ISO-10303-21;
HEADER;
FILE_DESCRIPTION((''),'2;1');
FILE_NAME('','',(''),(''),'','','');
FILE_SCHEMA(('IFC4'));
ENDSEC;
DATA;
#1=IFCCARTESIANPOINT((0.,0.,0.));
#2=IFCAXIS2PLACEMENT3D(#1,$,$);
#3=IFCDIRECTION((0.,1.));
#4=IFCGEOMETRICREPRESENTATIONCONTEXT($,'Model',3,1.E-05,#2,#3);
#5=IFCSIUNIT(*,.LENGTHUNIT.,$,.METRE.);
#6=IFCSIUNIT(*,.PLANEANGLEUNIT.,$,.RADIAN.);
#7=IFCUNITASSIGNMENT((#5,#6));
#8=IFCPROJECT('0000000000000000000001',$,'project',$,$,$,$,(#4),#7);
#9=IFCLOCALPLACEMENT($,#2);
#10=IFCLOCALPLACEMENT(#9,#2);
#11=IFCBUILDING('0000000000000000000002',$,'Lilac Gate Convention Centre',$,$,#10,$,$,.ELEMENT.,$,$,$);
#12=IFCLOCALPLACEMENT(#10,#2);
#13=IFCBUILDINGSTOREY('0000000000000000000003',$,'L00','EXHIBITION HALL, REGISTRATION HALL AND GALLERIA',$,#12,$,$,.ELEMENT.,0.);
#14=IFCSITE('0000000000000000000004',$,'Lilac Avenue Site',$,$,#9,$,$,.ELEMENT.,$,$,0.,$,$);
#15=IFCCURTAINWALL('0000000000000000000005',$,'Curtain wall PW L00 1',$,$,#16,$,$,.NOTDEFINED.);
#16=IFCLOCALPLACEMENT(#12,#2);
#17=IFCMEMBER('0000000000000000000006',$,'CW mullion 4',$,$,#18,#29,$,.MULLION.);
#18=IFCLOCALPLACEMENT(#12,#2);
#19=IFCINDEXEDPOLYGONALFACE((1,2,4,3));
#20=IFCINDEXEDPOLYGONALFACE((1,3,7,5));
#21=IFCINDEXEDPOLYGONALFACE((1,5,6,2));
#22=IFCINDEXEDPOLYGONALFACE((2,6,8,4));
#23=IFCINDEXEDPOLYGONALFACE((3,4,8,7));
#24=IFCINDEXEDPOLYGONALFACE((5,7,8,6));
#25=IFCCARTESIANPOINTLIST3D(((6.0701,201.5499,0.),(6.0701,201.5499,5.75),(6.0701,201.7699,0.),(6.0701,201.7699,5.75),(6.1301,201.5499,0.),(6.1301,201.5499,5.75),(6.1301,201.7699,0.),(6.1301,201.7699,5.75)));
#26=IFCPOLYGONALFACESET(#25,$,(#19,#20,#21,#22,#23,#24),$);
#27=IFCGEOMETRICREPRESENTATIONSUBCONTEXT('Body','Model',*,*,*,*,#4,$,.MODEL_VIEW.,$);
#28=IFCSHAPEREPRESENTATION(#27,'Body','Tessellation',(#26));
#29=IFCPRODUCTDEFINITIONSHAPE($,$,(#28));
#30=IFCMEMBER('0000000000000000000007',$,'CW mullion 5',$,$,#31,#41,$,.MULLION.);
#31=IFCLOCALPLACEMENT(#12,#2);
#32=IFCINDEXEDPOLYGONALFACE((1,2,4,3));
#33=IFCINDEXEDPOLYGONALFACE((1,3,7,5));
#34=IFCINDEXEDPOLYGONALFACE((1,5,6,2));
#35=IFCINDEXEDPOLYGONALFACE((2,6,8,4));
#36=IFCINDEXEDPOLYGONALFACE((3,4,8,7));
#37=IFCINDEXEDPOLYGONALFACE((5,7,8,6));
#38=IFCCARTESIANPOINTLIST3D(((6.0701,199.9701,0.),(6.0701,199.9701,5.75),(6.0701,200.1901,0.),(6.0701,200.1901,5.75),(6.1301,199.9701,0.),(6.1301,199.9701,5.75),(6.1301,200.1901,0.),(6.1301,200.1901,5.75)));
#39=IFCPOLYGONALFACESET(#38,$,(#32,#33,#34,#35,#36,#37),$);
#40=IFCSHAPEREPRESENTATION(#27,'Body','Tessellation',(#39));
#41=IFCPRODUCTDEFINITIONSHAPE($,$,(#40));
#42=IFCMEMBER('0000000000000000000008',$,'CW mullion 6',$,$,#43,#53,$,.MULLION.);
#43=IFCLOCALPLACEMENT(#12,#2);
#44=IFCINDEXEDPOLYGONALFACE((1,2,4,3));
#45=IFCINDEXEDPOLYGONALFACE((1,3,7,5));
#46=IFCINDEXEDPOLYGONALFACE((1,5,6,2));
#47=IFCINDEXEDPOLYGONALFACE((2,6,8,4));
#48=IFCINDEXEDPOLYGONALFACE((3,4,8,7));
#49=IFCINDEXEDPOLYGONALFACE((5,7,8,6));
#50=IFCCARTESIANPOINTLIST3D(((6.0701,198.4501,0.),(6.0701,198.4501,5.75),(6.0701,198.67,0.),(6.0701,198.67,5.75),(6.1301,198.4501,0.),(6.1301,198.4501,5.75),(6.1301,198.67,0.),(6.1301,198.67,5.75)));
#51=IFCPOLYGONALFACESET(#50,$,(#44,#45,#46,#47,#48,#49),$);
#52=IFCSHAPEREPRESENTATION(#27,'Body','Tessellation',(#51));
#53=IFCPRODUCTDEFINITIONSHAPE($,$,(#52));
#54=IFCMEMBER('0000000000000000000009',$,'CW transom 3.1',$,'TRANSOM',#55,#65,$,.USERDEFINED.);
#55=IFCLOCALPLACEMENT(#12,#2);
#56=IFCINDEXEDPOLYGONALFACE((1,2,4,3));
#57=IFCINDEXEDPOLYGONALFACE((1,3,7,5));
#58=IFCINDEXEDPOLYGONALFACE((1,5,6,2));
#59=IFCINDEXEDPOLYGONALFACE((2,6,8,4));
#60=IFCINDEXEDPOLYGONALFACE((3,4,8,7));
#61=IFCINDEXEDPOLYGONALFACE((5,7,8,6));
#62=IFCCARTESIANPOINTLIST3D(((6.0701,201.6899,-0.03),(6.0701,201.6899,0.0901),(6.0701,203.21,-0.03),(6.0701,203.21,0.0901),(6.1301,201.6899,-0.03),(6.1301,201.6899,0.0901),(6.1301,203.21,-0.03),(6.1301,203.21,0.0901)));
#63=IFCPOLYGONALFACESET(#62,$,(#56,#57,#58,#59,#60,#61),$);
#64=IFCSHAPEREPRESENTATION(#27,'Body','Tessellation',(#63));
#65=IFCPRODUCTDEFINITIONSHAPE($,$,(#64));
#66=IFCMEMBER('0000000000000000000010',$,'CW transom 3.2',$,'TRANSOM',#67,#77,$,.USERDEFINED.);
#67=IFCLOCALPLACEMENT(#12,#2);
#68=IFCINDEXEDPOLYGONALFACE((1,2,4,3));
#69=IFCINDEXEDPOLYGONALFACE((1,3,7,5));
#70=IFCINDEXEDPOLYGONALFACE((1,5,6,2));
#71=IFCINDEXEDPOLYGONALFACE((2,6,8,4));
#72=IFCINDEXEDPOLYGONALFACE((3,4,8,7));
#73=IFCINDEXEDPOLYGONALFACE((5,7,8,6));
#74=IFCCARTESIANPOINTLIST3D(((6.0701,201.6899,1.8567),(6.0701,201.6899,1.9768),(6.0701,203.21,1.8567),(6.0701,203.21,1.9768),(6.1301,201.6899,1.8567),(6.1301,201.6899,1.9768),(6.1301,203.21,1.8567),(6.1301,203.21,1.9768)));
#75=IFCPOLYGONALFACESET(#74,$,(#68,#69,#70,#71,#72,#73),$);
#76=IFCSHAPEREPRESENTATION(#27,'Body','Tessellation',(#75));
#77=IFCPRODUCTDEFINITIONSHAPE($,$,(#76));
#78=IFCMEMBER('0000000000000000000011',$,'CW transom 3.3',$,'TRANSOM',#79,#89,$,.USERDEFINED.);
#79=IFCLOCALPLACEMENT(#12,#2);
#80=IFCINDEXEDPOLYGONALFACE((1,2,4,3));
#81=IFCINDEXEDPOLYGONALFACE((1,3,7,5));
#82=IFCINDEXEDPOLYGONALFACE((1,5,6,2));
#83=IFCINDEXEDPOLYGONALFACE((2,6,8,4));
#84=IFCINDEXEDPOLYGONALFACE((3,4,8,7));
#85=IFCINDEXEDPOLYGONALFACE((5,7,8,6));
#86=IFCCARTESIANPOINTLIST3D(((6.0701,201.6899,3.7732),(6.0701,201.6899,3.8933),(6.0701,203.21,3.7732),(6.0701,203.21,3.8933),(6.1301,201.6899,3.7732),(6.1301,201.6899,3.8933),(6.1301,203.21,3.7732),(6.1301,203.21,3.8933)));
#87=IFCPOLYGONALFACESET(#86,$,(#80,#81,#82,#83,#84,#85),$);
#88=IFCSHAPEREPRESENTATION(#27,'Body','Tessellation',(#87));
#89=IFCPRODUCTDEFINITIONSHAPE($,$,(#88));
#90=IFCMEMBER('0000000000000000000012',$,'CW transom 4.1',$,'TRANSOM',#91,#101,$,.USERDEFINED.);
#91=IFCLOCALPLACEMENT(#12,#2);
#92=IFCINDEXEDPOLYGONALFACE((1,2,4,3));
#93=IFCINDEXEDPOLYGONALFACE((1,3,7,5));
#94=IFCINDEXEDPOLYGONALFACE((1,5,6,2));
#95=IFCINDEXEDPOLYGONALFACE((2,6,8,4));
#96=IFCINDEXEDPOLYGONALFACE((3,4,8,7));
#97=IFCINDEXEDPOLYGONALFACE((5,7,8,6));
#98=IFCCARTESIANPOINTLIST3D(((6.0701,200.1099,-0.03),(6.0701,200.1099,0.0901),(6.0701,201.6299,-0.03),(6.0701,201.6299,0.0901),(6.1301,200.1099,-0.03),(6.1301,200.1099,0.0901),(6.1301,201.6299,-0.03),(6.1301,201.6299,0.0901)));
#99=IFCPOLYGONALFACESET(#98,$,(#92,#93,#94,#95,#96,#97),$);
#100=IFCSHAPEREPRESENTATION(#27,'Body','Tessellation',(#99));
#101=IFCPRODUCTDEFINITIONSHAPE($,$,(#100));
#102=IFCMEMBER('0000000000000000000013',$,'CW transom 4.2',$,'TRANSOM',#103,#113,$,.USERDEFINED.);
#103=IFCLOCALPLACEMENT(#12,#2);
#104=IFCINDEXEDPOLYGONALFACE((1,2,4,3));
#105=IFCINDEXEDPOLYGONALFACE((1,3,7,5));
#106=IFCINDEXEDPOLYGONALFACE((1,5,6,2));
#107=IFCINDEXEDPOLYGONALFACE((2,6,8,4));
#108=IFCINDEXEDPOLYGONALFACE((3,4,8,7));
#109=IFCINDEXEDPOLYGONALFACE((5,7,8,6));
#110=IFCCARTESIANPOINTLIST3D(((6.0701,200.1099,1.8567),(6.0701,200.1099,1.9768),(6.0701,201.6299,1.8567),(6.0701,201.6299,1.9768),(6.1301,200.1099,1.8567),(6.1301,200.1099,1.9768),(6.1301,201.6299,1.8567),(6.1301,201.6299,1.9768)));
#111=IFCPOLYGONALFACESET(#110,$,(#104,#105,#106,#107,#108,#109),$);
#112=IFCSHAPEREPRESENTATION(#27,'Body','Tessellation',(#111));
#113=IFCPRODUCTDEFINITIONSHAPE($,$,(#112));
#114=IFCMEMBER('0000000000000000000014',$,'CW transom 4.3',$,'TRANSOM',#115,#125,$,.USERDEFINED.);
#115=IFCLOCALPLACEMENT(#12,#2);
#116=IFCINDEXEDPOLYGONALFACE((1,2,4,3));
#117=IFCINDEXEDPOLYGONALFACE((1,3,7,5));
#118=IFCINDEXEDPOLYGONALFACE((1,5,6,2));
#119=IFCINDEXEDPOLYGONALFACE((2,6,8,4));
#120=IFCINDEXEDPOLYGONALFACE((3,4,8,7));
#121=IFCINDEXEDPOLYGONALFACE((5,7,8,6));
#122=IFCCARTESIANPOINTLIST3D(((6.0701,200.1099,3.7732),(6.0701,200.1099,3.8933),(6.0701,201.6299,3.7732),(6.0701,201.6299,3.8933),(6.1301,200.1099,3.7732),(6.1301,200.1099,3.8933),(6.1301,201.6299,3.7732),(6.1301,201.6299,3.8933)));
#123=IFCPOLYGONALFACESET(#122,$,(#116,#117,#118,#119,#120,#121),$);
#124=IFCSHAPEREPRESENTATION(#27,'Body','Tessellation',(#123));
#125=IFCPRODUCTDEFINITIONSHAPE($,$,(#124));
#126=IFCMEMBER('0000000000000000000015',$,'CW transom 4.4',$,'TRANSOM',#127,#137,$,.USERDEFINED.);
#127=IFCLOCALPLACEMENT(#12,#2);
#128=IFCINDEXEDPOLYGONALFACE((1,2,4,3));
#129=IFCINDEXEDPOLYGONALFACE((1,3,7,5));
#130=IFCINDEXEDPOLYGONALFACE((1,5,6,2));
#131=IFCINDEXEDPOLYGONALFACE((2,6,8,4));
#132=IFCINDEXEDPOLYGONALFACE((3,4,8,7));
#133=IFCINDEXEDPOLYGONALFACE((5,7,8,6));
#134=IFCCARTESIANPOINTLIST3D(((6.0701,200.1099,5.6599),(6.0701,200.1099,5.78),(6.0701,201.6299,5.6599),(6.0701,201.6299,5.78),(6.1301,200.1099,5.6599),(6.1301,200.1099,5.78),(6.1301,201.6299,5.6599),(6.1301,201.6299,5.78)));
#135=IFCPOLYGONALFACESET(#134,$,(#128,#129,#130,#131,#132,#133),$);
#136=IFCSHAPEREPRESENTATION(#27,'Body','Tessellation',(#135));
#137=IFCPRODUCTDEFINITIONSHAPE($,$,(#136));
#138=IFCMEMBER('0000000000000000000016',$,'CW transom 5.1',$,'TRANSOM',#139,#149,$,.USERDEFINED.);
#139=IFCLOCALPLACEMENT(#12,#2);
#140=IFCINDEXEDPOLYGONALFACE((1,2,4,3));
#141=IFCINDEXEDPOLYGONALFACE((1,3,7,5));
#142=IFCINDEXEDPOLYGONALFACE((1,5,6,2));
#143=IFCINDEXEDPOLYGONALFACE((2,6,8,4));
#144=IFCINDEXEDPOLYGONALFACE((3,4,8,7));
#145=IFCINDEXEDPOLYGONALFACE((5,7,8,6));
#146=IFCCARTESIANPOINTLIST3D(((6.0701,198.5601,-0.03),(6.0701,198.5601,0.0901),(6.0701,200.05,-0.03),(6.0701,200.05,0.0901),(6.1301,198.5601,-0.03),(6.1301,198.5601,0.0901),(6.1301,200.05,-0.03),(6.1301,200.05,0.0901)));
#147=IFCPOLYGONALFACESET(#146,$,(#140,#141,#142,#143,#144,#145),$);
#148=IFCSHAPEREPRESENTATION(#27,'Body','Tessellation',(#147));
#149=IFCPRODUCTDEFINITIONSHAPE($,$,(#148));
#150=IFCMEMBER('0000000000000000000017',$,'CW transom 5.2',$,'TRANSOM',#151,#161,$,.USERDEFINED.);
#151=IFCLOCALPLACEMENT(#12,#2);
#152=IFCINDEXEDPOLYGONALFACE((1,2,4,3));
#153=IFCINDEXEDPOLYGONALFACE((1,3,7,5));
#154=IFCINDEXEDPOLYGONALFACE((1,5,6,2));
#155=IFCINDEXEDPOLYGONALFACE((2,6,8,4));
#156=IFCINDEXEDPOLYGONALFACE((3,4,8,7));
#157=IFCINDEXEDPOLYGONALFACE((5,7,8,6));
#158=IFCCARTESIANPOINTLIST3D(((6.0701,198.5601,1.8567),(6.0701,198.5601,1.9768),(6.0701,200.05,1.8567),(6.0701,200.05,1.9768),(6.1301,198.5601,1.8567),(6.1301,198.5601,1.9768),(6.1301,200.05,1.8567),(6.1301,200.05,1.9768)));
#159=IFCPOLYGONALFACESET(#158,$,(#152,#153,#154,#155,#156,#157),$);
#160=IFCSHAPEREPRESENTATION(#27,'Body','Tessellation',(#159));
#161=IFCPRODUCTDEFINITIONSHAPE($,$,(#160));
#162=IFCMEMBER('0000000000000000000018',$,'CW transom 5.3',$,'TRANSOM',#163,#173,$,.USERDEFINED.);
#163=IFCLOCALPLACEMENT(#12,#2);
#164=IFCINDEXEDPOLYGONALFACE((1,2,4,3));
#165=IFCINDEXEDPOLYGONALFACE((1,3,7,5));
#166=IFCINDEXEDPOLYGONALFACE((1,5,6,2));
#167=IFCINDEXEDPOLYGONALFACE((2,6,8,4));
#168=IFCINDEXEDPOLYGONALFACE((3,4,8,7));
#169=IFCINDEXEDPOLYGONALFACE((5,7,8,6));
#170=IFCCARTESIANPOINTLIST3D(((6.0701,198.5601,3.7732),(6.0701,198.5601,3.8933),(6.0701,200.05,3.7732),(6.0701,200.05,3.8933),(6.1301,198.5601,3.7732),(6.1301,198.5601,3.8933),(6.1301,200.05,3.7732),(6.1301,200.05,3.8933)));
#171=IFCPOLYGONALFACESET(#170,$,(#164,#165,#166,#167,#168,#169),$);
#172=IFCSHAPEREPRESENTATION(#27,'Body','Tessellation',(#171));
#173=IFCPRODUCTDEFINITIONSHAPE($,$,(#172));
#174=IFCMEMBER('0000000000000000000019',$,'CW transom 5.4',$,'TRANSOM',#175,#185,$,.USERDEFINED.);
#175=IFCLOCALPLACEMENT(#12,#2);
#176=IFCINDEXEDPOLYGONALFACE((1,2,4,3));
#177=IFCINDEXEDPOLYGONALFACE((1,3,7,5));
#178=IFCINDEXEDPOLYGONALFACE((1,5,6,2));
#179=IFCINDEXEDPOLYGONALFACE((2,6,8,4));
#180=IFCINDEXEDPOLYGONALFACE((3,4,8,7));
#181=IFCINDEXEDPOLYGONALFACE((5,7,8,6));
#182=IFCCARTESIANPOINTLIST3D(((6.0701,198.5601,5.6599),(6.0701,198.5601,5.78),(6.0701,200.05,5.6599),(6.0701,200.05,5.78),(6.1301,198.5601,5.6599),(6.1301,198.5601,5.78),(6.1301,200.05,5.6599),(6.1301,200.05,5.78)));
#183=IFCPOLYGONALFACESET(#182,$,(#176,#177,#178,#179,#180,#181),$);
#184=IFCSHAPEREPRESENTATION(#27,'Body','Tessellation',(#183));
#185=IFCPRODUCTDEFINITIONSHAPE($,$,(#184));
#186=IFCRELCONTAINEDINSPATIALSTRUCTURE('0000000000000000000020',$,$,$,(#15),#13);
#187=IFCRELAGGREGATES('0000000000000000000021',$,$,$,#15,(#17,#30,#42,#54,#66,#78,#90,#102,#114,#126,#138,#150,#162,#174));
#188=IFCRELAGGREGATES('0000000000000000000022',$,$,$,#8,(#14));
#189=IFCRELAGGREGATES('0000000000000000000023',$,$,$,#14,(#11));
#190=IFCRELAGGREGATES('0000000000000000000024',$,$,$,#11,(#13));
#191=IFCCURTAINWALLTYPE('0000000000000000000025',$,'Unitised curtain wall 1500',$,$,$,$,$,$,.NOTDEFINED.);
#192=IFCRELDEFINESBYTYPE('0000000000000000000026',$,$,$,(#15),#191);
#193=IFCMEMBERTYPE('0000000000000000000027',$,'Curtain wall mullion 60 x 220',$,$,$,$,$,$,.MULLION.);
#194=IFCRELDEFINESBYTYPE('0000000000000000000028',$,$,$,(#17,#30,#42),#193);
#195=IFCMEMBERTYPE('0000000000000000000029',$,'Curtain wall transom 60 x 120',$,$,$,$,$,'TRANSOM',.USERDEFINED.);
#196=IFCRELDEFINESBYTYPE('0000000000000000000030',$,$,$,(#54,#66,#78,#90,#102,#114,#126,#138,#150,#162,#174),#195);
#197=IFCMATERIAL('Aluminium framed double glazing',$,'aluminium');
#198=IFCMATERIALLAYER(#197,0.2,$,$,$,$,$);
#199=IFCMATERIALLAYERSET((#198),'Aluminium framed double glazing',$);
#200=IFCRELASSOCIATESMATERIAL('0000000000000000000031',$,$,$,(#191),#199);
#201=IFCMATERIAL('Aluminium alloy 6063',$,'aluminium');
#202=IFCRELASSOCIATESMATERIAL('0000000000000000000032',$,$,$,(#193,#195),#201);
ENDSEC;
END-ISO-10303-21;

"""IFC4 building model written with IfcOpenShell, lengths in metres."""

from ifc_helpers import new_model, si_unit, direction, frame, origin, origin_2d, place, context, subcontext, project, spatial, rectangle, extrude, material, layer, layer_set, material_profile, profile_set, type_object, element, aggregate, save


model = new_model("IFC4")

# Units and contexts
model_context = context("Model", 3, precision=1e-05, world=origin(), true_north=direction((0.0, 1.0)))
body_context = subcontext(model_context, "Body", "Model", "MODEL_VIEW")
ifc_project = project(units=[si_unit("LENGTHUNIT", "METRE"), si_unit("PLANEANGLEUNIT", "RADIAN")], contexts=[model_context])

# Site, building, storey
site_placement = place(None, origin())
site = spatial("IfcSite", under=ifc_project, at=site_placement, Name="Lilac Avenue Site", CompositionType="ELEMENT", RefElevation=0.0)
building_placement = place(site_placement, origin())
building = spatial("IfcBuilding", under=site, at=building_placement, Name="Lilac Gate Convention Centre", CompositionType="ELEMENT")
storey_placement = place(building_placement, origin())
storey = spatial("IfcBuildingStorey", under=building, at=storey_placement, Name="L00", Description="EXHIBITION HALL, REGISTRATION HALL AND GALLERIA", CompositionType="ELEMENT", Elevation=0.0)

# Curtain wall, members
ifc_material_1 = material(Name="Aluminium framed double glazing", Category="aluminium")
ifc_layer_1 = layer(ifc_material_1, 0.2)
ifc_layer_set_1 = layer_set([ifc_layer_1], Name="Aluminium framed double glazing")
curtain_wall_type = type_object("IfcCurtainWallType", Name="Unitised curtain wall 1500", PredefinedType="NOTDEFINED", material=ifc_layer_set_1)
curtain_wall_placement = place(storey_placement, origin())
curtain_wall = element("IfcCurtainWall", 1, at=curtain_wall_placement, inside=storey, type_object=curtain_wall_type, Name="Curtain wall PW L00 1", PredefinedType="NOTDEFINED")
ifc_material_2 = material(Name="Aluminium alloy 6063", Category="aluminium")
ifc_material_profile_1 = material_profile(ifc_material_2, rectangle(XDim=0.0601, YDim=0.22, at=origin_2d()), Name="Curtain wall mullion 60 x 220")
ifc_profile_set_1 = profile_set([ifc_material_profile_1], Name="Aluminium alloy 6063")
member_type_1 = type_object("IfcMemberType", Name="Curtain wall mullion 60 x 220", PredefinedType="MULLION", material=ifc_profile_set_1)
member_1_placement = place(storey_placement, frame((6.1001, 201.6599, 0.0), z_axis=(0.0, 0.0, 1.0), x_axis=(1.0, 0.0, 0.0)))
member_1 = element("IfcMember", 2, at=member_1_placement, type_object=member_type_1, Name="CW mullion 4", PredefinedType="MULLION", context=body_context, shape_type="SweptSolid", body=[
    extrude(rectangle(XDim=0.0601, YDim=0.22, at=origin_2d()), origin(), (0.0, 0.0, 1.0), 5.75),
])
member_2_placement = place(storey_placement, frame((6.1001, 200.0801, 0.0), z_axis=(0.0, 0.0, 1.0), x_axis=(1.0, 0.0, 0.0)))
member_2 = element("IfcMember", 3, at=member_2_placement, type_object=member_type_1, Name="CW mullion 5", PredefinedType="MULLION", context=body_context, shape_type="SweptSolid", body=[
    extrude(rectangle(XDim=0.0601, YDim=0.22, at=origin_2d()), origin(), (0.0, 0.0, 1.0), 5.75),
])
member_3_placement = place(storey_placement, frame((6.1001, 198.5601, 0.0), z_axis=(0.0, 0.0, 1.0), x_axis=(1.0, 0.0, 0.0)))
member_3 = element("IfcMember", 4, at=member_3_placement, type_object=member_type_1, Name="CW mullion 6", PredefinedType="MULLION", context=body_context, shape_type="SweptSolid", body=[
    extrude(rectangle(XDim=0.0601, YDim=0.22, at=origin_2d()), origin(), (0.0, 0.0, 1.0), 5.75),
])
ifc_material_profile_2 = material_profile(ifc_material_2, rectangle(XDim=0.0601, YDim=0.1201, at=origin_2d()), Name="Curtain wall transom 60 x 120")
ifc_profile_set_2 = profile_set([ifc_material_profile_2], Name="Aluminium alloy 6063")
member_type_2 = type_object("IfcMemberType", Name="Curtain wall transom 60 x 120", ElementType="TRANSOM", PredefinedType="USERDEFINED", material=ifc_profile_set_2)
member_4_placement = place(storey_placement, frame((6.1001, 203.21, 0.03), z_axis=(0.0, -1.0, 0.0), x_axis=(1.0, 0.0, 0.0)))
member_4 = element("IfcMember", 5, at=member_4_placement, type_object=member_type_2, Name="CW transom 3.1", ObjectType="TRANSOM", PredefinedType="USERDEFINED", context=body_context, shape_type="SweptSolid", body=[
    extrude(rectangle(XDim=0.0601, YDim=0.1201, at=origin_2d()), origin(), (0.0, 0.0, 1.0), 1.52),
])
member_5_placement = place(storey_placement, frame((6.1001, 203.21, 1.9167), z_axis=(0.0, -1.0, 0.0), x_axis=(1.0, 0.0, 0.0)))
member_5 = element("IfcMember", 6, at=member_5_placement, type_object=member_type_2, Name="CW transom 3.2", ObjectType="TRANSOM", PredefinedType="USERDEFINED", context=body_context, shape_type="SweptSolid", body=[
    extrude(rectangle(XDim=0.0601, YDim=0.1201, at=origin_2d()), origin(), (0.0, 0.0, 1.0), 1.52),
])
member_6_placement = place(storey_placement, frame((6.1001, 203.21, 3.8333), z_axis=(0.0, -1.0, 0.0), x_axis=(1.0, 0.0, 0.0)))
member_6 = element("IfcMember", 7, at=member_6_placement, type_object=member_type_2, Name="CW transom 3.3", ObjectType="TRANSOM", PredefinedType="USERDEFINED", context=body_context, shape_type="SweptSolid", body=[
    extrude(rectangle(XDim=0.0601, YDim=0.1201, at=origin_2d()), origin(), (0.0, 0.0, 1.0), 1.52),
])
member_7_placement = place(storey_placement, frame((6.1001, 201.6299, 0.03), z_axis=(0.0, -1.0, 0.0), x_axis=(1.0, 0.0, 0.0)))
member_7 = element("IfcMember", 8, at=member_7_placement, type_object=member_type_2, Name="CW transom 4.1", ObjectType="TRANSOM", PredefinedType="USERDEFINED", context=body_context, shape_type="SweptSolid", body=[
    extrude(rectangle(XDim=0.0601, YDim=0.1201, at=origin_2d()), origin(), (0.0, 0.0, 1.0), 1.52),
])
member_8_placement = place(storey_placement, frame((6.1001, 201.6299, 1.9167), z_axis=(0.0, -1.0, 0.0), x_axis=(1.0, 0.0, 0.0)))
member_8 = element("IfcMember", 9, at=member_8_placement, type_object=member_type_2, Name="CW transom 4.2", ObjectType="TRANSOM", PredefinedType="USERDEFINED", context=body_context, shape_type="SweptSolid", body=[
    extrude(rectangle(XDim=0.0601, YDim=0.1201, at=origin_2d()), origin(), (0.0, 0.0, 1.0), 1.52),
])
member_9_placement = place(storey_placement, frame((6.1001, 201.6299, 3.8333), z_axis=(0.0, -1.0, 0.0), x_axis=(1.0, 0.0, 0.0)))
member_9 = element("IfcMember", 10, at=member_9_placement, type_object=member_type_2, Name="CW transom 4.3", ObjectType="TRANSOM", PredefinedType="USERDEFINED", context=body_context, shape_type="SweptSolid", body=[
    extrude(rectangle(XDim=0.0601, YDim=0.1201, at=origin_2d()), origin(), (0.0, 0.0, 1.0), 1.52),
])
member_10_placement = place(storey_placement, frame((6.1001, 201.6299, 5.72), z_axis=(0.0, -1.0, 0.0), x_axis=(1.0, 0.0, 0.0)))
member_10 = element("IfcMember", 11, at=member_10_placement, type_object=member_type_2, Name="CW transom 4.4", ObjectType="TRANSOM", PredefinedType="USERDEFINED", context=body_context, shape_type="SweptSolid", body=[
    extrude(rectangle(XDim=0.0601, YDim=0.1201, at=origin_2d()), origin(), (0.0, 0.0, 1.0), 1.52),
])
member_11_placement = place(storey_placement, frame((6.1001, 200.05, 0.03), z_axis=(0.0, -1.0, 0.0), x_axis=(1.0, 0.0, 0.0)))
member_11 = element("IfcMember", 12, at=member_11_placement, type_object=member_type_2, Name="CW transom 5.1", ObjectType="TRANSOM", PredefinedType="USERDEFINED", context=body_context, shape_type="SweptSolid", body=[
    extrude(rectangle(XDim=0.0601, YDim=0.1201, at=origin_2d()), origin(), (0.0, 0.0, 1.0), 1.49),
])
member_12_placement = place(storey_placement, frame((6.1001, 200.05, 1.9167), z_axis=(0.0, -1.0, 0.0), x_axis=(1.0, 0.0, 0.0)))
member_12 = element("IfcMember", 13, at=member_12_placement, type_object=member_type_2, Name="CW transom 5.2", ObjectType="TRANSOM", PredefinedType="USERDEFINED", context=body_context, shape_type="SweptSolid", body=[
    extrude(rectangle(XDim=0.0601, YDim=0.1201, at=origin_2d()), origin(), (0.0, 0.0, 1.0), 1.49),
])
member_13_placement = place(storey_placement, frame((6.1001, 200.05, 3.8333), z_axis=(0.0, -1.0, 0.0), x_axis=(1.0, 0.0, 0.0)))
member_13 = element("IfcMember", 14, at=member_13_placement, type_object=member_type_2, Name="CW transom 5.3", ObjectType="TRANSOM", PredefinedType="USERDEFINED", context=body_context, shape_type="SweptSolid", body=[
    extrude(rectangle(XDim=0.0601, YDim=0.1201, at=origin_2d()), origin(), (0.0, 0.0, 1.0), 1.49),
])
member_14_placement = place(storey_placement, frame((6.1001, 200.05, 5.72), z_axis=(0.0, -1.0, 0.0), x_axis=(1.0, 0.0, 0.0)))
member_14 = element("IfcMember", 15, at=member_14_placement, type_object=member_type_2, Name="CW transom 5.4", ObjectType="TRANSOM", PredefinedType="USERDEFINED", context=body_context, shape_type="SweptSolid", body=[
    extrude(rectangle(XDim=0.0601, YDim=0.1201, at=origin_2d()), origin(), (0.0, 0.0, 1.0), 1.49),
])

aggregate(curtain_wall, [member_1, member_2, member_3, member_4, member_5, member_6, member_7, member_8, member_9, member_10, member_11, member_12, member_13, member_14])

save(model, "model.ifc")
